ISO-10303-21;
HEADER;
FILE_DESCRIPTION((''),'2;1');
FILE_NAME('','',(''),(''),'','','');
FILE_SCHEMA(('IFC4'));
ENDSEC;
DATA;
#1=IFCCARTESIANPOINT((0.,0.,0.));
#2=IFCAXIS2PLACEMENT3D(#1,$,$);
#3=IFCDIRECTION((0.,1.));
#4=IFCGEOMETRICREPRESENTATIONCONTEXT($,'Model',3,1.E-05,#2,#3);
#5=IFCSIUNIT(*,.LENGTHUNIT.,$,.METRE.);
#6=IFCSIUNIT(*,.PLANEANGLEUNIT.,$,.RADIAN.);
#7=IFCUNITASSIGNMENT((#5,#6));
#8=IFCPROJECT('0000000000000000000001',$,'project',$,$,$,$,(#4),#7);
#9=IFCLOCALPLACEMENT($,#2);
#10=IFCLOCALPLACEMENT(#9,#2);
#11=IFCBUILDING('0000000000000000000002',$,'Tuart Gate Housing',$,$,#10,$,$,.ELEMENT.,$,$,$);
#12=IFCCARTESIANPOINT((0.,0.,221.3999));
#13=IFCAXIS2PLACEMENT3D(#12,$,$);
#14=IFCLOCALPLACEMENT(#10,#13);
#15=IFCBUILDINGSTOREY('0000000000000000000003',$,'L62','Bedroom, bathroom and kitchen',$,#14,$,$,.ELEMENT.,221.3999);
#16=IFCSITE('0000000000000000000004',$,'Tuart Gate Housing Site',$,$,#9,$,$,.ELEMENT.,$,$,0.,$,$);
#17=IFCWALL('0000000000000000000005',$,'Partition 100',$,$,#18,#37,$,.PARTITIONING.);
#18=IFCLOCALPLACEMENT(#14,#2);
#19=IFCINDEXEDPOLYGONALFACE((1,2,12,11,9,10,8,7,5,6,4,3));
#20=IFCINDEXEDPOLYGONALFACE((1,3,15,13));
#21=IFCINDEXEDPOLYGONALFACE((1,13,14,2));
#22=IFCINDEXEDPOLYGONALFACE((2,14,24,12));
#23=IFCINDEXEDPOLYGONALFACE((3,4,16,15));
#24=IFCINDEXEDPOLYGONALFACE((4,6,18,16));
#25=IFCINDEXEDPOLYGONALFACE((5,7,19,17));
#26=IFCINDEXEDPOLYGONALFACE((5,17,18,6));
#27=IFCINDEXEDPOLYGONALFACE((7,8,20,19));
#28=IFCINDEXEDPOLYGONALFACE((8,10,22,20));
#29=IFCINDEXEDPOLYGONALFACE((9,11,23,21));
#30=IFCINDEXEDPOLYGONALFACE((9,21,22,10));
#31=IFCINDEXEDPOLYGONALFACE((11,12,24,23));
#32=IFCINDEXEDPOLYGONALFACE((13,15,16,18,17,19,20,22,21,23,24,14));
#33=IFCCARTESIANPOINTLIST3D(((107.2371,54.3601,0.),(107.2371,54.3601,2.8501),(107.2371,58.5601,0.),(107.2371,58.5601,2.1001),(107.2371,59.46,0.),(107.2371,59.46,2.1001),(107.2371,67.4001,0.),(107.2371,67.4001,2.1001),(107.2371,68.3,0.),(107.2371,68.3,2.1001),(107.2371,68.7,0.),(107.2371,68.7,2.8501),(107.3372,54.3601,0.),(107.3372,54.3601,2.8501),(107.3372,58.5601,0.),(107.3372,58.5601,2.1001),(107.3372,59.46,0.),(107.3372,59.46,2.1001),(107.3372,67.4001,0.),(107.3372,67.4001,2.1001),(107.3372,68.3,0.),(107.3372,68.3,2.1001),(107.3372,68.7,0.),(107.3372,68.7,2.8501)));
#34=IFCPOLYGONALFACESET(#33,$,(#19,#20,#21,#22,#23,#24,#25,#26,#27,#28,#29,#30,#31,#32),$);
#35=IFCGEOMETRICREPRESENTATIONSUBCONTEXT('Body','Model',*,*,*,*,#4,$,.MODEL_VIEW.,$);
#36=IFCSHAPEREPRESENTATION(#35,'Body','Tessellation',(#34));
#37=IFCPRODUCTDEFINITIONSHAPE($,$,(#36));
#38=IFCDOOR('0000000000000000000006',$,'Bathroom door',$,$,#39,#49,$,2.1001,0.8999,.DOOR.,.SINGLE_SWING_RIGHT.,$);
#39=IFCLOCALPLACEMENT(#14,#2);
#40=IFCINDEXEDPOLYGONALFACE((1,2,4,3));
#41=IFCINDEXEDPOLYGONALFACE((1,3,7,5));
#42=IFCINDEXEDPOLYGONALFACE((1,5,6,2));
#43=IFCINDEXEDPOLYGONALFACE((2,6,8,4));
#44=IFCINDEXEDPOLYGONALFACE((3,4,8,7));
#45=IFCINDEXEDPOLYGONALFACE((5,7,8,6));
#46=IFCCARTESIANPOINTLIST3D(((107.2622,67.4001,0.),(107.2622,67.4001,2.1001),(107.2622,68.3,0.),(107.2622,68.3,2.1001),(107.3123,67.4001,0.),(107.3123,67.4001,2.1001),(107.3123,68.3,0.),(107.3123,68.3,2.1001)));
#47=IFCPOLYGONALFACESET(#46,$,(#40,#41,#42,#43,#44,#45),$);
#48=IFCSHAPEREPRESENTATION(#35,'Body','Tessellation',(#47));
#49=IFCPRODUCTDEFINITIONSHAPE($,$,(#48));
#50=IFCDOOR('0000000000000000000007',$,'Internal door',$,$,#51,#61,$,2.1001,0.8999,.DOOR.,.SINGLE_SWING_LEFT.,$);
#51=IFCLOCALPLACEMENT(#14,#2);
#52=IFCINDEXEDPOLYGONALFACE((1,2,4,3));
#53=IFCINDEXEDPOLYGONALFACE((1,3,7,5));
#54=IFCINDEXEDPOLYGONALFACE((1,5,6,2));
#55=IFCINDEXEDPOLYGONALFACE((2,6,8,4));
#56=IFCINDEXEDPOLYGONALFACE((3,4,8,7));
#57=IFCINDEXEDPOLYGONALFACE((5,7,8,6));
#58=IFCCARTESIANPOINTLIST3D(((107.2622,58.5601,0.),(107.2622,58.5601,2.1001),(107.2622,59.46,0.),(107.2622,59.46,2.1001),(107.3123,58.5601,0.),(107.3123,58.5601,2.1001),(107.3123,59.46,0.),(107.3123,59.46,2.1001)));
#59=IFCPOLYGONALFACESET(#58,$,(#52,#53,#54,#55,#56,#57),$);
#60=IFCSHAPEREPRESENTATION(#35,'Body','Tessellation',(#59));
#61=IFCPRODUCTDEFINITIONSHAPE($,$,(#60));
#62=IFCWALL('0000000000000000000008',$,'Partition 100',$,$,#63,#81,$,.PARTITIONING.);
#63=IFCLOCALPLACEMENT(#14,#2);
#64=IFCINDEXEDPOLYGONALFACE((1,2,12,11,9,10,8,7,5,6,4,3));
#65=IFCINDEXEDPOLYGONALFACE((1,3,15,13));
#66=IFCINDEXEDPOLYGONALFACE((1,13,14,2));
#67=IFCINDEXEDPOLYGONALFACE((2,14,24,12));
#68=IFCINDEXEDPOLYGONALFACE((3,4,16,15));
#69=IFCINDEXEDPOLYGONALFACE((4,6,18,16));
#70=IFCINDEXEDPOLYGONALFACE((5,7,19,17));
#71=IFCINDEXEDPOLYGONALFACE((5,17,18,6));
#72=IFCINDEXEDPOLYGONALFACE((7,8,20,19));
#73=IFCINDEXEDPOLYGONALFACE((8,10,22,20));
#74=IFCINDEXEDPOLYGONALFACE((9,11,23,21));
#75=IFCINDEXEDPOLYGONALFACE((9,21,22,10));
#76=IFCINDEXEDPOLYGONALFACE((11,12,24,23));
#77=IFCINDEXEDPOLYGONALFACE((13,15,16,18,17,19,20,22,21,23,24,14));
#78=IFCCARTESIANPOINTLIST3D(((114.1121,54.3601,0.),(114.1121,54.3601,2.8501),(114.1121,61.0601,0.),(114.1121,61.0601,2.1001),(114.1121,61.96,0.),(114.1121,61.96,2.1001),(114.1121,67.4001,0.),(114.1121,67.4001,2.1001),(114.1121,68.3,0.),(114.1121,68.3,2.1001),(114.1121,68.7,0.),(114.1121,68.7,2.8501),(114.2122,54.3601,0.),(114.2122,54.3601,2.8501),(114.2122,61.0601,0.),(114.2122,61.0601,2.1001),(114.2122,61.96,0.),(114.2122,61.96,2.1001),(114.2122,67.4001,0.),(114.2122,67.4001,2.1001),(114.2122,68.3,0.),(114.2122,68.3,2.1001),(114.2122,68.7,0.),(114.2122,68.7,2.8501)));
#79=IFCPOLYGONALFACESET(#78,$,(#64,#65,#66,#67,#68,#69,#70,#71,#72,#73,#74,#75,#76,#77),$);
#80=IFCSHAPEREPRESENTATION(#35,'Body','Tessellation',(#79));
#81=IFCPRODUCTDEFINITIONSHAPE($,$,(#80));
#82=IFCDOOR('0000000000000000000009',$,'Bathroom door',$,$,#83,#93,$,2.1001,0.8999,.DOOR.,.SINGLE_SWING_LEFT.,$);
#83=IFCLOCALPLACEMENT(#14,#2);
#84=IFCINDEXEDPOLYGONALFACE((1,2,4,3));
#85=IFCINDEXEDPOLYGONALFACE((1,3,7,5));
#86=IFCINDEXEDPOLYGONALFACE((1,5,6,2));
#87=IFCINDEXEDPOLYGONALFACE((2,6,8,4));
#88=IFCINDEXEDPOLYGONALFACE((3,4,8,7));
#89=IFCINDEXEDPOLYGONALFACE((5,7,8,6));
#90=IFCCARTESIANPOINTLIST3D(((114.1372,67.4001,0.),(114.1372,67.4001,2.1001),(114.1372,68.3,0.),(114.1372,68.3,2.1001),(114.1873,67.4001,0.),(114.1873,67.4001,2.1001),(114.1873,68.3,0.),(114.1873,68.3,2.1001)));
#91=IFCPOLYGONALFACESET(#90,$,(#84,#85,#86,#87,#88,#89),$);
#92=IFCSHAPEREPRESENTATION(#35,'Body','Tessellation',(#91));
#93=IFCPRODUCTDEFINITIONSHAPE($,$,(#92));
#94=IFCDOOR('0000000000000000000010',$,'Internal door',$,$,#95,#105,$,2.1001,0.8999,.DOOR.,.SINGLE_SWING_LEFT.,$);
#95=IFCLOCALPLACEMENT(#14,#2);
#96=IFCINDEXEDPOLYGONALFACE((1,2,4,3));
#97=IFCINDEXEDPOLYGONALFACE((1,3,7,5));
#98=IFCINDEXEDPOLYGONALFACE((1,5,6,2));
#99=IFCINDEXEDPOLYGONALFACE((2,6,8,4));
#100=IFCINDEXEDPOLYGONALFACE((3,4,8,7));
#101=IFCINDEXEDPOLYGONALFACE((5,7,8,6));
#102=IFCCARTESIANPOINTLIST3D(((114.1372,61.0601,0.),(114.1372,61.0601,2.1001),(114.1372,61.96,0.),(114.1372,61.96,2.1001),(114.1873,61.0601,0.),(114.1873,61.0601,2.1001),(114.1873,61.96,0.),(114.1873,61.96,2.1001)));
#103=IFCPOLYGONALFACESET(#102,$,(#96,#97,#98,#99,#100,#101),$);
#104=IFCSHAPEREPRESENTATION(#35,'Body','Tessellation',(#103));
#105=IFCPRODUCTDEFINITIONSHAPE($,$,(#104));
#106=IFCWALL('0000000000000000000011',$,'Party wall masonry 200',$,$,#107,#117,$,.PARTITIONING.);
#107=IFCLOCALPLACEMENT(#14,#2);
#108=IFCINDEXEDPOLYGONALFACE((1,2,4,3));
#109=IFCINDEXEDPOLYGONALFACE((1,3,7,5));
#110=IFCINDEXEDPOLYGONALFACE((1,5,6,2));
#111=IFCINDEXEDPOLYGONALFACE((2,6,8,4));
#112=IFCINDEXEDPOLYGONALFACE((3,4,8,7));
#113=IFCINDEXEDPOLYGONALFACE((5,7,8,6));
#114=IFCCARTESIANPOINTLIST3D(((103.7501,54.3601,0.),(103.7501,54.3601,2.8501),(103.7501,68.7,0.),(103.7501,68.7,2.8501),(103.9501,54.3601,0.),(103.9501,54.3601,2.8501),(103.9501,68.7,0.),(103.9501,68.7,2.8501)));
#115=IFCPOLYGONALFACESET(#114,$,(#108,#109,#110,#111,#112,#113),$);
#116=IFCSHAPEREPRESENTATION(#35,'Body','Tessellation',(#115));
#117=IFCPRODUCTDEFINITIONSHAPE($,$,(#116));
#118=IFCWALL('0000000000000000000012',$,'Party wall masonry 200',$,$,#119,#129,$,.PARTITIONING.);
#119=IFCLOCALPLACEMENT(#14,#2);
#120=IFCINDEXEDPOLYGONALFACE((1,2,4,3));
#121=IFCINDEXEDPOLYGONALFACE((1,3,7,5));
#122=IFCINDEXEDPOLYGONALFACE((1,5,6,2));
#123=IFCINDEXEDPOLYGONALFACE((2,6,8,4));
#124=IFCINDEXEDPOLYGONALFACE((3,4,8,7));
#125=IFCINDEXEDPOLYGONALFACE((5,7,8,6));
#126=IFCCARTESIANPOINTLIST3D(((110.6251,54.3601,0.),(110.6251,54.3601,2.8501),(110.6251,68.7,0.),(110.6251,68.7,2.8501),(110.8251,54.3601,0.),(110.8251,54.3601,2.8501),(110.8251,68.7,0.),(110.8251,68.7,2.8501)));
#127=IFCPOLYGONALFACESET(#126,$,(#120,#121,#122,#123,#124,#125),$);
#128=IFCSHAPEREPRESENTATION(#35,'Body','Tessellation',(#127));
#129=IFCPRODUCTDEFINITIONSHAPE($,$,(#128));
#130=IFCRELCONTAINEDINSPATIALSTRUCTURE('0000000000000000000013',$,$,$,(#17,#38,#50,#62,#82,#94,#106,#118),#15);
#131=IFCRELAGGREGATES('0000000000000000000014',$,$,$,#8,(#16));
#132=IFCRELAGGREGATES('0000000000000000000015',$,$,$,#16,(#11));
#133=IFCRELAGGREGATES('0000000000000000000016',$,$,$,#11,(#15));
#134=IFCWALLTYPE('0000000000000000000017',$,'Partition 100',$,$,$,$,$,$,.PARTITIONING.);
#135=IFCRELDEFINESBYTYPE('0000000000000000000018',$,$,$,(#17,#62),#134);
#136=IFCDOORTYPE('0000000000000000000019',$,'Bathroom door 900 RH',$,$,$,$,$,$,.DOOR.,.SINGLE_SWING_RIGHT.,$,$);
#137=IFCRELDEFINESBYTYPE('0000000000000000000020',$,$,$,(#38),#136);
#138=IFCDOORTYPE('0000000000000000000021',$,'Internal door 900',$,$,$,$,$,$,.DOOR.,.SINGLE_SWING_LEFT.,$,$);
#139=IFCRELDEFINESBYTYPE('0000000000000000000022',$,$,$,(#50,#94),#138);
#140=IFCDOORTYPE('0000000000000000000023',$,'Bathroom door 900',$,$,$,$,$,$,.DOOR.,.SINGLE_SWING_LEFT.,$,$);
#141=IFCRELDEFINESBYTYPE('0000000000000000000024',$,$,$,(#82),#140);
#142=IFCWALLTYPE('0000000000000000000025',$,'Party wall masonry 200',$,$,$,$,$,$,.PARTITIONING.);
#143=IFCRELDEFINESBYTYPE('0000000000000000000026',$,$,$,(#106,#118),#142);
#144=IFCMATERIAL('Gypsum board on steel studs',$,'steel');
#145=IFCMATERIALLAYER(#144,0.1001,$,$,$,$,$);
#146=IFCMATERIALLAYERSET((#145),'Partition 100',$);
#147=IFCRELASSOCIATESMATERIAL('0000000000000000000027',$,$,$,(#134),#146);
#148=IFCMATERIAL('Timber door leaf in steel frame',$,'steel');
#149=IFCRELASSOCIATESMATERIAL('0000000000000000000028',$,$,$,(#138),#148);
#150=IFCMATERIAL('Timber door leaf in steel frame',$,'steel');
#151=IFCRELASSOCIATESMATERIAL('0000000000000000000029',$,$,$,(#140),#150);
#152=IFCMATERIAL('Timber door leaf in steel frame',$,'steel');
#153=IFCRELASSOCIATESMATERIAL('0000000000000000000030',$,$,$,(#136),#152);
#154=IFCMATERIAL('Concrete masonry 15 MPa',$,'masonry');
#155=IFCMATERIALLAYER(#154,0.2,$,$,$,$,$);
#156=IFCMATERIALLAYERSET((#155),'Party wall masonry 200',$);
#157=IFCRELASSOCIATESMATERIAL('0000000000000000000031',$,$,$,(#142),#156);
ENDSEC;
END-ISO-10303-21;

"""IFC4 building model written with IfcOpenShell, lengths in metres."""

from ifc_helpers import new_model, si_unit, direction, frame, frame_2d, origin, place, context, subcontext, project, spatial, rectangle, extrude, material, layer, layer_set, type_object, element, fill, save


model = new_model("IFC4")

# Units and contexts
model_context = context("Model", 3, precision=1e-05, world=origin(), true_north=direction((0.0, 1.0)))
body_context = subcontext(model_context, "Body", "Model", "MODEL_VIEW")
ifc_project = project(units=[si_unit("LENGTHUNIT", "METRE"), si_unit("PLANEANGLEUNIT", "RADIAN")], contexts=[model_context])

# Site, building, storey
site_placement = place(None, origin())
site = spatial("IfcSite", under=ifc_project, at=site_placement, Name="Tuart Gate Housing Site", CompositionType="ELEMENT", RefElevation=0.0)
building_placement = place(site_placement, origin())
building = spatial("IfcBuilding", under=site, at=building_placement, Name="Tuart Gate Housing", CompositionType="ELEMENT")
storey_placement = place(building_placement, frame((0.0, 0.0, 221.3999)))
storey = spatial("IfcBuildingStorey", under=building, at=storey_placement, Name="L62", Description="Bedroom, bathroom and kitchen", CompositionType="ELEMENT", Elevation=221.3999)

# Shared definitions
ifc_material_1 = material(Name="Gypsum board on steel studs", Category="steel")
ifc_layer_1 = layer(ifc_material_1, 0.1001)
ifc_layer_set_1 = layer_set([ifc_layer_1], Name="Partition 100")
wall_type_1 = type_object("IfcWallType", Name="Partition 100", PredefinedType="PARTITIONING", material=ifc_layer_set_1)
ifc_material_2 = material(Name="Timber door leaf in steel frame", Category="steel")
door_type_1 = type_object("IfcDoorType", Name="Internal door 900", OperationType="SINGLE_SWING_LEFT", PredefinedType="DOOR", material=ifc_material_2)

# Walls, openings, doors
ifc_material_3 = material(Name="Timber door leaf in steel frame", Category="steel")
door_type_2 = type_object("IfcDoorType", Name="Bathroom door 900", OperationType="SINGLE_SWING_LEFT", PredefinedType="DOOR", material=ifc_material_3)
wall_1_placement = place(storey_placement, frame((107.2871, 54.3601, 0.0), z_axis=(0.0, 0.0, 1.0), x_axis=(0.0, 1.0, 0.0)))
wall_1 = element("IfcWall", 1, at=wall_1_placement, inside=storey, type_object=wall_type_1, Name="Partition 100", PredefinedType="PARTITIONING", context=body_context, shape_type="SweptSolid", body=[
    extrude(rectangle(XDim=14.3398, YDim=0.1001, at=frame_2d((7.1699, 0.0))), origin(), (0.0, 0.0, 1.0), 2.8501),
])
opening_1_placement = place(wall_1_placement, frame((4.2, 0.0, 0.0)))
opening_1 = element("IfcOpeningElement", 2, at=opening_1_placement, cuts=wall_1, PredefinedType="OPENING", context=body_context, shape_type="SweptSolid", body=[
    extrude(rectangle(XDim=0.8999, YDim=2.1001, at=frame_2d((0.45, 1.05))), frame((0.0, 0.0601, 0.0), z_axis=(0.0, -1.0, 0.0), x_axis=(1.0, 0.0, 0.0)), (0.0, 0.0, 1.0), 0.1201),
])
opening_2_placement = place(wall_1_placement, frame((13.04, 0.0, 0.0)))
opening_2 = element("IfcOpeningElement", 3, at=opening_2_placement, cuts=wall_1, PredefinedType="OPENING", context=body_context, shape_type="SweptSolid", body=[
    extrude(rectangle(XDim=0.8999, YDim=2.1001, at=frame_2d((0.45, 1.05))), frame((0.0, 0.0601, 0.0), z_axis=(0.0, -1.0, 0.0), x_axis=(1.0, 0.0, 0.0)), (0.0, 0.0, 1.0), 0.1201),
])
ifc_material_4 = material(Name="Timber door leaf in steel frame", Category="steel")
door_type_3 = type_object("IfcDoorType", Name="Bathroom door 900 RH", OperationType="SINGLE_SWING_RIGHT", PredefinedType="DOOR", material=ifc_material_4)
door_1_placement = place(opening_2_placement, origin())
door_1 = element("IfcDoor", 4, at=door_1_placement, inside=storey, type_object=door_type_3, Name="Bathroom door", OperationType="SINGLE_SWING_RIGHT", OverallHeight=2.1001, OverallWidth=0.8999, PredefinedType="DOOR", context=body_context, shape_type="SweptSolid", body=[
    extrude(rectangle(XDim=0.8999, YDim=2.1001, at=frame_2d((0.45, 1.05))), frame((0.0, 0.0249, 0.0), z_axis=(0.0, -1.0, 0.0), x_axis=(1.0, 0.0, 0.0)), (0.0, 0.0, 1.0), 0.05),
])
fill(opening_2, door_1)
door_2_placement = place(opening_1_placement, origin())
door_2 = element("IfcDoor", 5, at=door_2_placement, inside=storey, type_object=door_type_1, Name="Internal door", OperationType="SINGLE_SWING_LEFT", OverallHeight=2.1001, OverallWidth=0.8999, PredefinedType="DOOR", context=body_context, shape_type="SweptSolid", body=[
    extrude(rectangle(XDim=0.8999, YDim=2.1001, at=frame_2d((0.45, 1.05))), frame((0.0, 0.0249, 0.0), z_axis=(0.0, -1.0, 0.0), x_axis=(1.0, 0.0, 0.0)), (0.0, 0.0, 1.0), 0.05),
])
fill(opening_1, door_2)
wall_2_placement = place(storey_placement, frame((114.1621, 54.3601, 0.0), z_axis=(0.0, 0.0, 1.0), x_axis=(0.0, 1.0, 0.0)))
wall_2 = element("IfcWall", 6, at=wall_2_placement, inside=storey, type_object=wall_type_1, Name="Partition 100", PredefinedType="PARTITIONING", context=body_context, shape_type="SweptSolid", body=[
    extrude(rectangle(XDim=14.3398, YDim=0.1001, at=frame_2d((7.1699, 0.0))), origin(), (0.0, 0.0, 1.0), 2.8501),
])
opening_3_placement = place(wall_2_placement, frame((6.7, 0.0, 0.0)))
opening_3 = element("IfcOpeningElement", 7, at=opening_3_placement, cuts=wall_2, PredefinedType="OPENING", context=body_context, shape_type="SweptSolid", body=[
    extrude(rectangle(XDim=0.8999, YDim=2.1001, at=frame_2d((0.45, 1.05))), frame((0.0, 0.0601, 0.0), z_axis=(0.0, -1.0, 0.0), x_axis=(1.0, 0.0, 0.0)), (0.0, 0.0, 1.0), 0.1201),
])
opening_4_placement = place(wall_2_placement, frame((13.04, 0.0, 0.0)))
opening_4 = element("IfcOpeningElement", 8, at=opening_4_placement, cuts=wall_2, PredefinedType="OPENING", context=body_context, shape_type="SweptSolid", body=[
    extrude(rectangle(XDim=0.8999, YDim=2.1001, at=frame_2d((0.45, 1.05))), frame((0.0, 0.0601, 0.0), z_axis=(0.0, -1.0, 0.0), x_axis=(1.0, 0.0, 0.0)), (0.0, 0.0, 1.0), 0.1201),
])
door_3_placement = place(opening_4_placement, frame((0.8999, 0.0, 0.0), z_axis=(0.0, 0.0, 1.0), x_axis=(-1.0, 0.0, 0.0)))
door_3 = element("IfcDoor", 9, at=door_3_placement, inside=storey, type_object=door_type_2, Name="Bathroom door", OperationType="SINGLE_SWING_LEFT", OverallHeight=2.1001, OverallWidth=0.8999, PredefinedType="DOOR", context=body_context, shape_type="SweptSolid", body=[
    extrude(rectangle(XDim=0.8999, YDim=2.1001, at=frame_2d((0.45, 1.05))), frame((0.0, 0.0251, 0.0), z_axis=(0.0, -1.0, 0.0), x_axis=(1.0, 0.0, 0.0)), (0.0, 0.0, 1.0), 0.05),
])
fill(opening_4, door_3)
door_4_placement = place(opening_3_placement, frame((0.8999, 0.0, 0.0), z_axis=(0.0, 0.0, 1.0), x_axis=(-1.0, 0.0, 0.0)))
door_4 = element("IfcDoor", 10, at=door_4_placement, inside=storey, type_object=door_type_1, Name="Internal door", OperationType="SINGLE_SWING_LEFT", OverallHeight=2.1001, OverallWidth=0.8999, PredefinedType="DOOR", context=body_context, shape_type="SweptSolid", body=[
    extrude(rectangle(XDim=0.8999, YDim=2.1001, at=frame_2d((0.45, 1.05))), frame((0.0, 0.0251, 0.0), z_axis=(0.0, -1.0, 0.0), x_axis=(1.0, 0.0, 0.0)), (0.0, 0.0, 1.0), 0.05),
])
fill(opening_3, door_4)

# Walls
ifc_material_5 = material(Name="Concrete masonry 15 MPa", Category="masonry")
ifc_layer_2 = layer(ifc_material_5, 0.2)
ifc_layer_set_2 = layer_set([ifc_layer_2], Name="Party wall masonry 200")
wall_type_2 = type_object("IfcWallType", Name="Party wall masonry 200", PredefinedType="PARTITIONING", material=ifc_layer_set_2)
for number, where, z_axis, x_axis, name in (
    (11, (103.8501, 54.3601, 0.0), (0.0, 0.0, 1.0), (0.0, 1.0, 0.0), "Party wall masonry 200"),
    (12, (110.7251, 54.3601, 0.0), (0.0, 0.0, 1.0), (0.0, 1.0, 0.0), "Party wall masonry 200"),
):
    element("IfcWall", number, at=place(storey_placement, frame(where, z_axis=z_axis, x_axis=x_axis)), inside=storey, type_object=wall_type_2, Name=name, PredefinedType="PARTITIONING", context=body_context, shape_type="SweptSolid", body=[
        extrude(rectangle(XDim=14.3398, YDim=0.2, at=frame_2d((7.1699, 0.0))), origin(), (0.0, 0.0, 1.0), 2.8501),
    ])

save(model, "model.ifc")
